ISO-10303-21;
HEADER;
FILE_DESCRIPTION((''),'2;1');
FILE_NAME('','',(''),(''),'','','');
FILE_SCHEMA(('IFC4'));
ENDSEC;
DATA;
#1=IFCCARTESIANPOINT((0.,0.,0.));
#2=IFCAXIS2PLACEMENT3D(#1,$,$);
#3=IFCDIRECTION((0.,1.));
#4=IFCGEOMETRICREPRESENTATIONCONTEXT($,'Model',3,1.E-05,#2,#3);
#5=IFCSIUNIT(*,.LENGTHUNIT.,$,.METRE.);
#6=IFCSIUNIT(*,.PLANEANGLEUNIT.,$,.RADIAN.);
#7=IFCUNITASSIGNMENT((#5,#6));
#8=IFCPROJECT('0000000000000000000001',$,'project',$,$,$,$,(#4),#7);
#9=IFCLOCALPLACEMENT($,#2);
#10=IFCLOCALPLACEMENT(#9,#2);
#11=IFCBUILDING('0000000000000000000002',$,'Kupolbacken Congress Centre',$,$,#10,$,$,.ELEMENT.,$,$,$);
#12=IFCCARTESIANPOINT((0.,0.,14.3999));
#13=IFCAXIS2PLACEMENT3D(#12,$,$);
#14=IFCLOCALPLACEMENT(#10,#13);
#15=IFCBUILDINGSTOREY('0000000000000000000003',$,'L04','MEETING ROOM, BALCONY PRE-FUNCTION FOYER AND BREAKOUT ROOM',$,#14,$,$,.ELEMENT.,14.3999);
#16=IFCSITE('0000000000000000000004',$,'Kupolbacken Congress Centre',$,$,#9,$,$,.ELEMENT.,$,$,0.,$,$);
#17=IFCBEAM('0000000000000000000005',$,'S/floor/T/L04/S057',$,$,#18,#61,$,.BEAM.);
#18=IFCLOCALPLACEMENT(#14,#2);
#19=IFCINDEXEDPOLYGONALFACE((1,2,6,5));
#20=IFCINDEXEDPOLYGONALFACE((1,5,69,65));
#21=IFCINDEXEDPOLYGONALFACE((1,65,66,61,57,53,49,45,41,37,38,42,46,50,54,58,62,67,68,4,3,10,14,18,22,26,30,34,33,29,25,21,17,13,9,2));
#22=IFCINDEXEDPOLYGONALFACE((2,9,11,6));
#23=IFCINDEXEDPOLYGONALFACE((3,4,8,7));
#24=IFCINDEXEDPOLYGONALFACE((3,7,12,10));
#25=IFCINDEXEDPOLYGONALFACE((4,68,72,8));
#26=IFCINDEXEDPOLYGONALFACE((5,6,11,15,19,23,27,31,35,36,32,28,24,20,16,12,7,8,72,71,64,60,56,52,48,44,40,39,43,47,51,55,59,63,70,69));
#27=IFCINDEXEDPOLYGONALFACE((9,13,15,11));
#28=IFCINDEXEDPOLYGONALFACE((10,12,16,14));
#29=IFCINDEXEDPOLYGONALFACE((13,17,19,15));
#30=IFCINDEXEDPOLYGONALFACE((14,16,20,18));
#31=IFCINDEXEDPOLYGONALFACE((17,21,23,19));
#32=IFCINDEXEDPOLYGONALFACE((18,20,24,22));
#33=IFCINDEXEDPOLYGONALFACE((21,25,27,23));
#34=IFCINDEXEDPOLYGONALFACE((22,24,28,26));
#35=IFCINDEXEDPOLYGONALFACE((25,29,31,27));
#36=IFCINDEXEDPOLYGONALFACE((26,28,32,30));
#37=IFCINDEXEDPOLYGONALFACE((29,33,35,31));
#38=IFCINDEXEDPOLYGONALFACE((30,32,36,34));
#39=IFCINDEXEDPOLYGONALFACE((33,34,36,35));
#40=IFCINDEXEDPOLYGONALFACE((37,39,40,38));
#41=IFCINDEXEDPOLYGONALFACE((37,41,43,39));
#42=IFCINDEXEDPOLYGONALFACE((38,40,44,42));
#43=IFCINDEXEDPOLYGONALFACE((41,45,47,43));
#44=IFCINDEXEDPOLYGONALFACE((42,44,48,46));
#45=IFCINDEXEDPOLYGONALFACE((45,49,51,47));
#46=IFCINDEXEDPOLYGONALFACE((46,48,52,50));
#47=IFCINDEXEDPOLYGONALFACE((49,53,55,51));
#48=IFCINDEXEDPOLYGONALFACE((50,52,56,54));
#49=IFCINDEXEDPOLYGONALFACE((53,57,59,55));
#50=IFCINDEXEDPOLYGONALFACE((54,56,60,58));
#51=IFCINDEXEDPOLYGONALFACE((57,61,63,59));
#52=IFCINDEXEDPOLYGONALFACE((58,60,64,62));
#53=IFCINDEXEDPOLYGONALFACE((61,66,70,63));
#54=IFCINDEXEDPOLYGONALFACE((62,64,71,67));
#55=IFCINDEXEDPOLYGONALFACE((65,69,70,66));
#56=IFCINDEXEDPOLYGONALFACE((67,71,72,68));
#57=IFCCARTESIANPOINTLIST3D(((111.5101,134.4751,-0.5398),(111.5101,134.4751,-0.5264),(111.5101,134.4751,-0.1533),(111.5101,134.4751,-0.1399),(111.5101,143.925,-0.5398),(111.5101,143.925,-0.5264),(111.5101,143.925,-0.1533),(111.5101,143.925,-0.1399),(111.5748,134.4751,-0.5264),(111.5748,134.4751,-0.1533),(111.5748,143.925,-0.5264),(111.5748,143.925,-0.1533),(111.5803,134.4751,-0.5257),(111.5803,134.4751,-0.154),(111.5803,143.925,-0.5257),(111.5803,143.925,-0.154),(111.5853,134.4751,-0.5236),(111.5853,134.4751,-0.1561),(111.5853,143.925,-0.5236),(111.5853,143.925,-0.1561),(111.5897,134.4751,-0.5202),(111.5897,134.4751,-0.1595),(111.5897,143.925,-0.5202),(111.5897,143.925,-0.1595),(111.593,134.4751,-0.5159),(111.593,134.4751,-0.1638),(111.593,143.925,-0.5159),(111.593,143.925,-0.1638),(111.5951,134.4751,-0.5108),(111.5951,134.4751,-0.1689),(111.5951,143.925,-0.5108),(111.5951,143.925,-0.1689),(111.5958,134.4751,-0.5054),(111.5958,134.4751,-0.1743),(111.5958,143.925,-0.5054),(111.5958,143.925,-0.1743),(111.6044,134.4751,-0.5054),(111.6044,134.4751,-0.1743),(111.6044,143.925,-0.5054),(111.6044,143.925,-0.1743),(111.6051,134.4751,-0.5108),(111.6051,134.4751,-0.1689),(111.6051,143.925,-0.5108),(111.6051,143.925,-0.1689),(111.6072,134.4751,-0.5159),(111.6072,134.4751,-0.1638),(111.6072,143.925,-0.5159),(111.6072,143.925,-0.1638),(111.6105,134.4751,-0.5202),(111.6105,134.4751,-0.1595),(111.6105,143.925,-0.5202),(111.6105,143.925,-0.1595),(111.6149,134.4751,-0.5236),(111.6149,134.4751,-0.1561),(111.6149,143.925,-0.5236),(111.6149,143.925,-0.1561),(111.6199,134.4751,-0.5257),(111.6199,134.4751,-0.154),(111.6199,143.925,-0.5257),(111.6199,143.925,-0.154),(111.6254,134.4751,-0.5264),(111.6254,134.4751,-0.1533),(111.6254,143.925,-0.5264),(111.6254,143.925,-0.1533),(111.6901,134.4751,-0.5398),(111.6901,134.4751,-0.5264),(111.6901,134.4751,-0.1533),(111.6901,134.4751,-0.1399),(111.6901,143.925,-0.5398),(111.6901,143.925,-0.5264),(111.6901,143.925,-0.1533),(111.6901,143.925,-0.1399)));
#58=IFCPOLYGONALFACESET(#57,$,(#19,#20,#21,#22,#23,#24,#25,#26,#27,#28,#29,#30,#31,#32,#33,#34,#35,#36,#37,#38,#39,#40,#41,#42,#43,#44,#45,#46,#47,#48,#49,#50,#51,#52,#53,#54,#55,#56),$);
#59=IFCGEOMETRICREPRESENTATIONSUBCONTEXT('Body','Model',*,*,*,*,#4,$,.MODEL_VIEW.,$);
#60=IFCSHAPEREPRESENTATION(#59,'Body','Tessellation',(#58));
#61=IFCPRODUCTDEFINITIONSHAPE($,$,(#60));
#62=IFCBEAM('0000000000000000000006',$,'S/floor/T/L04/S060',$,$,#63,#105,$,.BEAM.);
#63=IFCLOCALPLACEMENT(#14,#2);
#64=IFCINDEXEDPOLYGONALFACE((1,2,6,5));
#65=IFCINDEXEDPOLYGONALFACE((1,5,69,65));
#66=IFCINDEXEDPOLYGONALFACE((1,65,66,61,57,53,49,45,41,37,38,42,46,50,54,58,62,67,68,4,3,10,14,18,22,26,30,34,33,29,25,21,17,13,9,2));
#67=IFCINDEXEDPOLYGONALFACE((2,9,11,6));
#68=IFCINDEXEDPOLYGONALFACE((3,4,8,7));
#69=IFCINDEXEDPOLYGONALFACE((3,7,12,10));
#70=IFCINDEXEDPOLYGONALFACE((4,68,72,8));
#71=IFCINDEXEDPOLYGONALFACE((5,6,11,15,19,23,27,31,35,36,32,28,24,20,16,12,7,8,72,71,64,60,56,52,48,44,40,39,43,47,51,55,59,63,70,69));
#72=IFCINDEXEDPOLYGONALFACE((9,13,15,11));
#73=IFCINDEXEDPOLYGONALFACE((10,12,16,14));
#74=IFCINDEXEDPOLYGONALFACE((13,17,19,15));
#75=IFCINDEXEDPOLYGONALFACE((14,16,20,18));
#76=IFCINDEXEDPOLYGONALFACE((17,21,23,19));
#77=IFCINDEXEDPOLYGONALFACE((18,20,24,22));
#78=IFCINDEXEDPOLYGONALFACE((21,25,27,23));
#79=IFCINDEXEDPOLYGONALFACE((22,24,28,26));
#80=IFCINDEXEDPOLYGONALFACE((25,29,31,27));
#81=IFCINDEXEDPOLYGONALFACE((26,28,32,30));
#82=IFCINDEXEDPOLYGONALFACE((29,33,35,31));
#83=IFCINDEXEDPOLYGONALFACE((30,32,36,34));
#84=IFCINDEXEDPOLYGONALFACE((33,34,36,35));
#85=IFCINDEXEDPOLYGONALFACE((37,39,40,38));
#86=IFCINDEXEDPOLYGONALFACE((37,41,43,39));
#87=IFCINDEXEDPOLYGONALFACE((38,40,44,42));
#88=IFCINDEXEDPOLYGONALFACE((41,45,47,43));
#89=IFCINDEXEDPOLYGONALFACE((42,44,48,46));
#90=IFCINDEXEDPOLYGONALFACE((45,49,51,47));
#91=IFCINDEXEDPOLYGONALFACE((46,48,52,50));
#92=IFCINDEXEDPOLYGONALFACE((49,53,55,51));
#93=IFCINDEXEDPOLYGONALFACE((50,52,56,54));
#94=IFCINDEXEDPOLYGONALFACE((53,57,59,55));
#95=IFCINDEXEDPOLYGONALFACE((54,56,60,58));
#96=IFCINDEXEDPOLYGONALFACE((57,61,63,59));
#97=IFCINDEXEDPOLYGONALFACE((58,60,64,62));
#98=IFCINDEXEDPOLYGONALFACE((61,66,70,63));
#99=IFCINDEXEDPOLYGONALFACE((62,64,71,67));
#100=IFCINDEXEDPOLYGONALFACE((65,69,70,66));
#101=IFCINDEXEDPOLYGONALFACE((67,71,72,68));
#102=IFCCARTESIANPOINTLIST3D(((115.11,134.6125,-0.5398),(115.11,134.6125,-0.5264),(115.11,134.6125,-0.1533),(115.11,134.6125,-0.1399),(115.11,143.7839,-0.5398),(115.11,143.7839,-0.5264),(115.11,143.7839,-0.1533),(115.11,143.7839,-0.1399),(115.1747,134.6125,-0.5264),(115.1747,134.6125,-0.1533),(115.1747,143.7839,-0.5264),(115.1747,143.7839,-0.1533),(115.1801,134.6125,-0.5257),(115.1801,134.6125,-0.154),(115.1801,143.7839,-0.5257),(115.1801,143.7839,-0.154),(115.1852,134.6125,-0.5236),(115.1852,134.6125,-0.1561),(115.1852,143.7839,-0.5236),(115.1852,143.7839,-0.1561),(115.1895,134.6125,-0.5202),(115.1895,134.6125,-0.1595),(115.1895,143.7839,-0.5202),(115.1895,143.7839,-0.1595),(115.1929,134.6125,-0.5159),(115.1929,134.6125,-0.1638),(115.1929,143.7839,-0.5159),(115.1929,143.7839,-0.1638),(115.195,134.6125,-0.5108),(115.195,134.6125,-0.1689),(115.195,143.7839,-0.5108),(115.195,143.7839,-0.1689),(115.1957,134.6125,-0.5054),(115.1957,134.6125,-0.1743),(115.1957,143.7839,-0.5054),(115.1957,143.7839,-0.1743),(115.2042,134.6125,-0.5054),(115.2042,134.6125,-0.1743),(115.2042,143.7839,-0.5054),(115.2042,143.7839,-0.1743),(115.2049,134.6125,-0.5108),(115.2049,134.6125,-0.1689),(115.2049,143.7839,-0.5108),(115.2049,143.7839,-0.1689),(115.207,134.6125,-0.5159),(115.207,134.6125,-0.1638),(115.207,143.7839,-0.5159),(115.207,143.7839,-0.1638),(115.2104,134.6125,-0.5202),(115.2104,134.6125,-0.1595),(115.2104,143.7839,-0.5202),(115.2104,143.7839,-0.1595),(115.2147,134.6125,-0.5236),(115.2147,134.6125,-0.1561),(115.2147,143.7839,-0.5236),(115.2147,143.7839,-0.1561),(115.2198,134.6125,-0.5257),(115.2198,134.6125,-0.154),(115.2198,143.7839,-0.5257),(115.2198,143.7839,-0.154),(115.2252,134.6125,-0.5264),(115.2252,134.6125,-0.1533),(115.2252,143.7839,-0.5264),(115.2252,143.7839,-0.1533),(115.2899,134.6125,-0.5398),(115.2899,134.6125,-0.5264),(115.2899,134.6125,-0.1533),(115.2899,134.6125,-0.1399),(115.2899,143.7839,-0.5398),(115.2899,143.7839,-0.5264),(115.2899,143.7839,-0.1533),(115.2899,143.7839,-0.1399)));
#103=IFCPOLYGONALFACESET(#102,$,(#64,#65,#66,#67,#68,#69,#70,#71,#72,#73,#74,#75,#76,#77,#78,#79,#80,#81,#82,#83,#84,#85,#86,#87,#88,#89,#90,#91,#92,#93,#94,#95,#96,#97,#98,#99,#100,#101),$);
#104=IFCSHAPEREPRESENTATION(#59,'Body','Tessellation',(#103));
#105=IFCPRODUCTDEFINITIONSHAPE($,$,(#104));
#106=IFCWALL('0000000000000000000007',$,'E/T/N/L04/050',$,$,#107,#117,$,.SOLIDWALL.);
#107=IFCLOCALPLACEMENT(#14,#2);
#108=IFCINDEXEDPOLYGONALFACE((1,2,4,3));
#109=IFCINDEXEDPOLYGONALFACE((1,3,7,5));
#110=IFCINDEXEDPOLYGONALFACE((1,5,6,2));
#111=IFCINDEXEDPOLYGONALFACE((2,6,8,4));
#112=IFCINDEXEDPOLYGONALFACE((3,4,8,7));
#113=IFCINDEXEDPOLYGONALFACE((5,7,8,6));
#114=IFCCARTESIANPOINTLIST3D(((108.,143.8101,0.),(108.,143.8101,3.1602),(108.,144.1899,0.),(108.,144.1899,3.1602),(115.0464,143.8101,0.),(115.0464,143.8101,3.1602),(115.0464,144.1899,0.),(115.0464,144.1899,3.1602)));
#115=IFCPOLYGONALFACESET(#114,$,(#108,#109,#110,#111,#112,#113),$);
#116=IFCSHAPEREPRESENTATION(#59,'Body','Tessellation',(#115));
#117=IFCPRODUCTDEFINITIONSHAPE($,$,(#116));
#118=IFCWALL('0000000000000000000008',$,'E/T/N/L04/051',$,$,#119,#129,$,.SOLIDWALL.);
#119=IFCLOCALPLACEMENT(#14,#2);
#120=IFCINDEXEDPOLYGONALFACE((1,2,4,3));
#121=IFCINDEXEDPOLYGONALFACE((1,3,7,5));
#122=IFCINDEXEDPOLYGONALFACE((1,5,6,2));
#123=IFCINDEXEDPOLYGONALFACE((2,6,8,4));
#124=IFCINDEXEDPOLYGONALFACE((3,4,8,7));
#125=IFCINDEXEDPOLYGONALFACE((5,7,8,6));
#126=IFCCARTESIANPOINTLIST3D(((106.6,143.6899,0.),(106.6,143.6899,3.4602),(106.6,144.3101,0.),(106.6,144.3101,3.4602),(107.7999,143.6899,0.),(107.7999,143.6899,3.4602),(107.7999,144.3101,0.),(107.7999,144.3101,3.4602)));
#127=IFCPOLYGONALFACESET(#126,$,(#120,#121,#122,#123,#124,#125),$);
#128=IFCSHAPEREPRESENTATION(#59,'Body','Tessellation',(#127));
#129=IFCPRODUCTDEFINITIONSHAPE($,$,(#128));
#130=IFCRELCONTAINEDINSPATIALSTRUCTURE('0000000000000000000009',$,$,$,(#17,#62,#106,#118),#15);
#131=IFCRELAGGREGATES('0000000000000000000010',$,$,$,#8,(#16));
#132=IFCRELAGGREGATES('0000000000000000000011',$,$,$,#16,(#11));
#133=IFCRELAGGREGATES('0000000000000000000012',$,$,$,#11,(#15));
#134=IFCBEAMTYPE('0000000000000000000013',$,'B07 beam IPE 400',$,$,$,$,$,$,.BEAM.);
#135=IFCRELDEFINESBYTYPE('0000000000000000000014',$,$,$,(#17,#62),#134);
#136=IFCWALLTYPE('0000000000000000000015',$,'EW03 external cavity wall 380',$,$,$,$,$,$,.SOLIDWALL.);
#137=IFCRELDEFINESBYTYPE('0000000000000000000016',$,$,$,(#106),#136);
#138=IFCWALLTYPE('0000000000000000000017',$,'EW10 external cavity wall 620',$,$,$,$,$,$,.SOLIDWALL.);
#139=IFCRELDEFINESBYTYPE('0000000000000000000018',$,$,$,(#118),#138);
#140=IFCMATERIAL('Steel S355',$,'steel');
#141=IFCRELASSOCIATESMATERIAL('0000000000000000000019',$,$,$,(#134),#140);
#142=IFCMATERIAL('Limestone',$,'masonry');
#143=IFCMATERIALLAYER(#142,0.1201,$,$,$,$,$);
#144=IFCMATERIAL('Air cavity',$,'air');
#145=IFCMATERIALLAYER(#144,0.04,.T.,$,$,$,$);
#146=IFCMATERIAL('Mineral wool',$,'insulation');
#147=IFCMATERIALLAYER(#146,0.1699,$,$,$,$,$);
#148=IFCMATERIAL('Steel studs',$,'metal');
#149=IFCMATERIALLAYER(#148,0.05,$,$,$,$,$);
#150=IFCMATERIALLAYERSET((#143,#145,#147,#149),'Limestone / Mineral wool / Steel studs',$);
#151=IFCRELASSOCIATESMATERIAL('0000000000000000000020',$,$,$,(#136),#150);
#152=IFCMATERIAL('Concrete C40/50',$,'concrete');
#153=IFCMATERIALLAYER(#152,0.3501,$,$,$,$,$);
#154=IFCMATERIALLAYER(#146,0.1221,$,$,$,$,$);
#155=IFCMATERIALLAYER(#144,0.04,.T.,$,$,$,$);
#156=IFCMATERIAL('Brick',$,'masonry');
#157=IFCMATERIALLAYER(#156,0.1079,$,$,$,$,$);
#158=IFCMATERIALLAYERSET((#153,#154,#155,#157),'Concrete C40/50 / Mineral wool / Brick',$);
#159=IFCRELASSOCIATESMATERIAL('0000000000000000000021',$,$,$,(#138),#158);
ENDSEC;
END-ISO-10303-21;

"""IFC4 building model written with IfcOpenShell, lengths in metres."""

from ifc_helpers import new_model, si_unit, direction, frame, frame_2d, origin, origin_2d, place, context, subcontext, project, spatial, rectangle, i_section, extrude, material, layer, layer_set, material_profile, profile_set, type_object, element, save


model = new_model("IFC4")

# Units and contexts
model_context = context("Model", 3, precision=1e-05, world=origin(), true_north=direction((0.0, 1.0)))
body_context = subcontext(model_context, "Body", "Model", "MODEL_VIEW")
ifc_project = project(units=[si_unit("LENGTHUNIT", "METRE"), si_unit("PLANEANGLEUNIT", "RADIAN")], contexts=[model_context])

# Site, building, storey
site_placement = place(None, origin())
site = spatial("IfcSite", under=ifc_project, at=site_placement, Name="Kupolbacken Congress Centre", CompositionType="ELEMENT", RefElevation=0.0)
building_placement = place(site_placement, origin())
building = spatial("IfcBuilding", under=site, at=building_placement, Name="Kupolbacken Congress Centre", CompositionType="ELEMENT")
storey_placement = place(building_placement, frame((0.0, 0.0, 14.3999)))
storey = spatial("IfcBuildingStorey", under=building, at=storey_placement, Name="L04", Description="MEETING ROOM, BALCONY PRE-FUNCTION FOYER AND BREAKOUT ROOM", CompositionType="ELEMENT", Elevation=14.3999)

# Beams
ifc_material_1 = material(Name="Steel S355", Category="steel")
ifc_material_profile_1 = material_profile(ifc_material_1, i_section(OverallWidth=0.1799, OverallDepth=0.3999, WebThickness=0.0085, FlangeThickness=0.0134, FilletRadius=0.021, at=origin_2d()), Name="IPE 400")
ifc_profile_set_1 = profile_set([ifc_material_profile_1], Name="Steel S355")
beam_type_1 = type_object("IfcBeamType", Name="B07 beam IPE 400", PredefinedType="BEAM", material=ifc_profile_set_1)
beam_1_placement = place(storey_placement, frame((111.6001, 134.4751, -0.3398), z_axis=(0.0, 1.0, 0.0), x_axis=(-1.0, 0.0, 0.0)))
element("IfcBeam", 1, at=beam_1_placement, inside=storey, type_object=beam_type_1, Name="S/floor/T/L04/S057", PredefinedType="BEAM", context=body_context, shape_type="SweptSolid", body=[
    extrude(i_section(OverallWidth=0.1799, OverallDepth=0.3999, WebThickness=0.0085, FlangeThickness=0.0134, FilletRadius=0.021, at=origin_2d()), origin(), (0.0, 0.0, 1.0), 9.45),
])
beam_2_placement = place(storey_placement, frame((115.2, 134.6125, -0.3398), z_axis=(0.0, 1.0, 0.0), x_axis=(-1.0, 0.0, 0.0)))
element("IfcBeam", 2, at=beam_2_placement, inside=storey, type_object=beam_type_1, Name="S/floor/T/L04/S060", PredefinedType="BEAM", context=body_context, shape_type="SweptSolid", body=[
    extrude(i_section(OverallWidth=0.1799, OverallDepth=0.3999, WebThickness=0.0085, FlangeThickness=0.0134, FilletRadius=0.021, at=origin_2d()), origin(), (0.0, 0.0, 1.0), 9.1714),
])

# Walls
ifc_material_2 = material(Name="Limestone", Category="masonry")
ifc_layer_1 = layer(ifc_material_2, 0.1201)
ifc_material_3 = material(Name="Air cavity", Category="air")
ifc_layer_2 = layer(ifc_material_3, 0.04, ventilated=True)
ifc_material_4 = material(Name="Mineral wool", Category="insulation")
ifc_layer_3 = layer(ifc_material_4, 0.1699)
ifc_material_5 = material(Name="Steel studs", Category="metal")
ifc_layer_4 = layer(ifc_material_5, 0.05)
ifc_layer_set_1 = layer_set([ifc_layer_1, ifc_layer_2, ifc_layer_3, ifc_layer_4], Name="Limestone / Mineral wool / Steel studs")
wall_type_1 = type_object("IfcWallType", Name="EW03 external cavity wall 380", PredefinedType="SOLIDWALL", material=ifc_layer_set_1)
wall_1_placement = place(storey_placement, frame((115.0464, 144.0, 0.0), z_axis=(0.0, 0.0, 1.0), x_axis=(-1.0, 0.0, 0.0)))
element("IfcWall", 3, at=wall_1_placement, inside=storey, type_object=wall_type_1, Name="E/T/N/L04/050", PredefinedType="SOLIDWALL", context=body_context, shape_type="SweptSolid", body=[
    extrude(rectangle(XDim=7.0464, YDim=0.3799, at=frame_2d((3.5232, 0.0))), origin(), (0.0, 0.0, 1.0), 3.1602),
])
ifc_material_6 = material(Name="Concrete C40/50", Category="concrete")
ifc_layer_5 = layer(ifc_material_6, 0.3501)
ifc_layer_6 = layer(ifc_material_4, 0.1221)
ifc_layer_7 = layer(ifc_material_3, 0.04, ventilated=True)
ifc_material_7 = material(Name="Brick", Category="masonry")
ifc_layer_8 = layer(ifc_material_7, 0.1079)
ifc_layer_set_2 = layer_set([ifc_layer_5, ifc_layer_6, ifc_layer_7, ifc_layer_8], Name="Concrete C40/50 / Mineral wool / Brick")
wall_type_2 = type_object("IfcWallType", Name="EW10 external cavity wall 620", PredefinedType="SOLIDWALL", material=ifc_layer_set_2)
wall_2_placement = place(storey_placement, frame((107.8, 144.0, 0.0), z_axis=(0.0, 0.0, 1.0), x_axis=(-1.0, 0.0, 0.0)))
element("IfcWall", 4, at=wall_2_placement, inside=storey, type_object=wall_type_2, Name="E/T/N/L04/051", PredefinedType="SOLIDWALL", context=body_context, shape_type="SweptSolid", body=[
    extrude(rectangle(XDim=1.2, YDim=0.6201, at=frame_2d((0.6001, 0.0))), origin(), (0.0, 0.0, 1.0), 3.4602),
])

save(model, "model.ifc")
